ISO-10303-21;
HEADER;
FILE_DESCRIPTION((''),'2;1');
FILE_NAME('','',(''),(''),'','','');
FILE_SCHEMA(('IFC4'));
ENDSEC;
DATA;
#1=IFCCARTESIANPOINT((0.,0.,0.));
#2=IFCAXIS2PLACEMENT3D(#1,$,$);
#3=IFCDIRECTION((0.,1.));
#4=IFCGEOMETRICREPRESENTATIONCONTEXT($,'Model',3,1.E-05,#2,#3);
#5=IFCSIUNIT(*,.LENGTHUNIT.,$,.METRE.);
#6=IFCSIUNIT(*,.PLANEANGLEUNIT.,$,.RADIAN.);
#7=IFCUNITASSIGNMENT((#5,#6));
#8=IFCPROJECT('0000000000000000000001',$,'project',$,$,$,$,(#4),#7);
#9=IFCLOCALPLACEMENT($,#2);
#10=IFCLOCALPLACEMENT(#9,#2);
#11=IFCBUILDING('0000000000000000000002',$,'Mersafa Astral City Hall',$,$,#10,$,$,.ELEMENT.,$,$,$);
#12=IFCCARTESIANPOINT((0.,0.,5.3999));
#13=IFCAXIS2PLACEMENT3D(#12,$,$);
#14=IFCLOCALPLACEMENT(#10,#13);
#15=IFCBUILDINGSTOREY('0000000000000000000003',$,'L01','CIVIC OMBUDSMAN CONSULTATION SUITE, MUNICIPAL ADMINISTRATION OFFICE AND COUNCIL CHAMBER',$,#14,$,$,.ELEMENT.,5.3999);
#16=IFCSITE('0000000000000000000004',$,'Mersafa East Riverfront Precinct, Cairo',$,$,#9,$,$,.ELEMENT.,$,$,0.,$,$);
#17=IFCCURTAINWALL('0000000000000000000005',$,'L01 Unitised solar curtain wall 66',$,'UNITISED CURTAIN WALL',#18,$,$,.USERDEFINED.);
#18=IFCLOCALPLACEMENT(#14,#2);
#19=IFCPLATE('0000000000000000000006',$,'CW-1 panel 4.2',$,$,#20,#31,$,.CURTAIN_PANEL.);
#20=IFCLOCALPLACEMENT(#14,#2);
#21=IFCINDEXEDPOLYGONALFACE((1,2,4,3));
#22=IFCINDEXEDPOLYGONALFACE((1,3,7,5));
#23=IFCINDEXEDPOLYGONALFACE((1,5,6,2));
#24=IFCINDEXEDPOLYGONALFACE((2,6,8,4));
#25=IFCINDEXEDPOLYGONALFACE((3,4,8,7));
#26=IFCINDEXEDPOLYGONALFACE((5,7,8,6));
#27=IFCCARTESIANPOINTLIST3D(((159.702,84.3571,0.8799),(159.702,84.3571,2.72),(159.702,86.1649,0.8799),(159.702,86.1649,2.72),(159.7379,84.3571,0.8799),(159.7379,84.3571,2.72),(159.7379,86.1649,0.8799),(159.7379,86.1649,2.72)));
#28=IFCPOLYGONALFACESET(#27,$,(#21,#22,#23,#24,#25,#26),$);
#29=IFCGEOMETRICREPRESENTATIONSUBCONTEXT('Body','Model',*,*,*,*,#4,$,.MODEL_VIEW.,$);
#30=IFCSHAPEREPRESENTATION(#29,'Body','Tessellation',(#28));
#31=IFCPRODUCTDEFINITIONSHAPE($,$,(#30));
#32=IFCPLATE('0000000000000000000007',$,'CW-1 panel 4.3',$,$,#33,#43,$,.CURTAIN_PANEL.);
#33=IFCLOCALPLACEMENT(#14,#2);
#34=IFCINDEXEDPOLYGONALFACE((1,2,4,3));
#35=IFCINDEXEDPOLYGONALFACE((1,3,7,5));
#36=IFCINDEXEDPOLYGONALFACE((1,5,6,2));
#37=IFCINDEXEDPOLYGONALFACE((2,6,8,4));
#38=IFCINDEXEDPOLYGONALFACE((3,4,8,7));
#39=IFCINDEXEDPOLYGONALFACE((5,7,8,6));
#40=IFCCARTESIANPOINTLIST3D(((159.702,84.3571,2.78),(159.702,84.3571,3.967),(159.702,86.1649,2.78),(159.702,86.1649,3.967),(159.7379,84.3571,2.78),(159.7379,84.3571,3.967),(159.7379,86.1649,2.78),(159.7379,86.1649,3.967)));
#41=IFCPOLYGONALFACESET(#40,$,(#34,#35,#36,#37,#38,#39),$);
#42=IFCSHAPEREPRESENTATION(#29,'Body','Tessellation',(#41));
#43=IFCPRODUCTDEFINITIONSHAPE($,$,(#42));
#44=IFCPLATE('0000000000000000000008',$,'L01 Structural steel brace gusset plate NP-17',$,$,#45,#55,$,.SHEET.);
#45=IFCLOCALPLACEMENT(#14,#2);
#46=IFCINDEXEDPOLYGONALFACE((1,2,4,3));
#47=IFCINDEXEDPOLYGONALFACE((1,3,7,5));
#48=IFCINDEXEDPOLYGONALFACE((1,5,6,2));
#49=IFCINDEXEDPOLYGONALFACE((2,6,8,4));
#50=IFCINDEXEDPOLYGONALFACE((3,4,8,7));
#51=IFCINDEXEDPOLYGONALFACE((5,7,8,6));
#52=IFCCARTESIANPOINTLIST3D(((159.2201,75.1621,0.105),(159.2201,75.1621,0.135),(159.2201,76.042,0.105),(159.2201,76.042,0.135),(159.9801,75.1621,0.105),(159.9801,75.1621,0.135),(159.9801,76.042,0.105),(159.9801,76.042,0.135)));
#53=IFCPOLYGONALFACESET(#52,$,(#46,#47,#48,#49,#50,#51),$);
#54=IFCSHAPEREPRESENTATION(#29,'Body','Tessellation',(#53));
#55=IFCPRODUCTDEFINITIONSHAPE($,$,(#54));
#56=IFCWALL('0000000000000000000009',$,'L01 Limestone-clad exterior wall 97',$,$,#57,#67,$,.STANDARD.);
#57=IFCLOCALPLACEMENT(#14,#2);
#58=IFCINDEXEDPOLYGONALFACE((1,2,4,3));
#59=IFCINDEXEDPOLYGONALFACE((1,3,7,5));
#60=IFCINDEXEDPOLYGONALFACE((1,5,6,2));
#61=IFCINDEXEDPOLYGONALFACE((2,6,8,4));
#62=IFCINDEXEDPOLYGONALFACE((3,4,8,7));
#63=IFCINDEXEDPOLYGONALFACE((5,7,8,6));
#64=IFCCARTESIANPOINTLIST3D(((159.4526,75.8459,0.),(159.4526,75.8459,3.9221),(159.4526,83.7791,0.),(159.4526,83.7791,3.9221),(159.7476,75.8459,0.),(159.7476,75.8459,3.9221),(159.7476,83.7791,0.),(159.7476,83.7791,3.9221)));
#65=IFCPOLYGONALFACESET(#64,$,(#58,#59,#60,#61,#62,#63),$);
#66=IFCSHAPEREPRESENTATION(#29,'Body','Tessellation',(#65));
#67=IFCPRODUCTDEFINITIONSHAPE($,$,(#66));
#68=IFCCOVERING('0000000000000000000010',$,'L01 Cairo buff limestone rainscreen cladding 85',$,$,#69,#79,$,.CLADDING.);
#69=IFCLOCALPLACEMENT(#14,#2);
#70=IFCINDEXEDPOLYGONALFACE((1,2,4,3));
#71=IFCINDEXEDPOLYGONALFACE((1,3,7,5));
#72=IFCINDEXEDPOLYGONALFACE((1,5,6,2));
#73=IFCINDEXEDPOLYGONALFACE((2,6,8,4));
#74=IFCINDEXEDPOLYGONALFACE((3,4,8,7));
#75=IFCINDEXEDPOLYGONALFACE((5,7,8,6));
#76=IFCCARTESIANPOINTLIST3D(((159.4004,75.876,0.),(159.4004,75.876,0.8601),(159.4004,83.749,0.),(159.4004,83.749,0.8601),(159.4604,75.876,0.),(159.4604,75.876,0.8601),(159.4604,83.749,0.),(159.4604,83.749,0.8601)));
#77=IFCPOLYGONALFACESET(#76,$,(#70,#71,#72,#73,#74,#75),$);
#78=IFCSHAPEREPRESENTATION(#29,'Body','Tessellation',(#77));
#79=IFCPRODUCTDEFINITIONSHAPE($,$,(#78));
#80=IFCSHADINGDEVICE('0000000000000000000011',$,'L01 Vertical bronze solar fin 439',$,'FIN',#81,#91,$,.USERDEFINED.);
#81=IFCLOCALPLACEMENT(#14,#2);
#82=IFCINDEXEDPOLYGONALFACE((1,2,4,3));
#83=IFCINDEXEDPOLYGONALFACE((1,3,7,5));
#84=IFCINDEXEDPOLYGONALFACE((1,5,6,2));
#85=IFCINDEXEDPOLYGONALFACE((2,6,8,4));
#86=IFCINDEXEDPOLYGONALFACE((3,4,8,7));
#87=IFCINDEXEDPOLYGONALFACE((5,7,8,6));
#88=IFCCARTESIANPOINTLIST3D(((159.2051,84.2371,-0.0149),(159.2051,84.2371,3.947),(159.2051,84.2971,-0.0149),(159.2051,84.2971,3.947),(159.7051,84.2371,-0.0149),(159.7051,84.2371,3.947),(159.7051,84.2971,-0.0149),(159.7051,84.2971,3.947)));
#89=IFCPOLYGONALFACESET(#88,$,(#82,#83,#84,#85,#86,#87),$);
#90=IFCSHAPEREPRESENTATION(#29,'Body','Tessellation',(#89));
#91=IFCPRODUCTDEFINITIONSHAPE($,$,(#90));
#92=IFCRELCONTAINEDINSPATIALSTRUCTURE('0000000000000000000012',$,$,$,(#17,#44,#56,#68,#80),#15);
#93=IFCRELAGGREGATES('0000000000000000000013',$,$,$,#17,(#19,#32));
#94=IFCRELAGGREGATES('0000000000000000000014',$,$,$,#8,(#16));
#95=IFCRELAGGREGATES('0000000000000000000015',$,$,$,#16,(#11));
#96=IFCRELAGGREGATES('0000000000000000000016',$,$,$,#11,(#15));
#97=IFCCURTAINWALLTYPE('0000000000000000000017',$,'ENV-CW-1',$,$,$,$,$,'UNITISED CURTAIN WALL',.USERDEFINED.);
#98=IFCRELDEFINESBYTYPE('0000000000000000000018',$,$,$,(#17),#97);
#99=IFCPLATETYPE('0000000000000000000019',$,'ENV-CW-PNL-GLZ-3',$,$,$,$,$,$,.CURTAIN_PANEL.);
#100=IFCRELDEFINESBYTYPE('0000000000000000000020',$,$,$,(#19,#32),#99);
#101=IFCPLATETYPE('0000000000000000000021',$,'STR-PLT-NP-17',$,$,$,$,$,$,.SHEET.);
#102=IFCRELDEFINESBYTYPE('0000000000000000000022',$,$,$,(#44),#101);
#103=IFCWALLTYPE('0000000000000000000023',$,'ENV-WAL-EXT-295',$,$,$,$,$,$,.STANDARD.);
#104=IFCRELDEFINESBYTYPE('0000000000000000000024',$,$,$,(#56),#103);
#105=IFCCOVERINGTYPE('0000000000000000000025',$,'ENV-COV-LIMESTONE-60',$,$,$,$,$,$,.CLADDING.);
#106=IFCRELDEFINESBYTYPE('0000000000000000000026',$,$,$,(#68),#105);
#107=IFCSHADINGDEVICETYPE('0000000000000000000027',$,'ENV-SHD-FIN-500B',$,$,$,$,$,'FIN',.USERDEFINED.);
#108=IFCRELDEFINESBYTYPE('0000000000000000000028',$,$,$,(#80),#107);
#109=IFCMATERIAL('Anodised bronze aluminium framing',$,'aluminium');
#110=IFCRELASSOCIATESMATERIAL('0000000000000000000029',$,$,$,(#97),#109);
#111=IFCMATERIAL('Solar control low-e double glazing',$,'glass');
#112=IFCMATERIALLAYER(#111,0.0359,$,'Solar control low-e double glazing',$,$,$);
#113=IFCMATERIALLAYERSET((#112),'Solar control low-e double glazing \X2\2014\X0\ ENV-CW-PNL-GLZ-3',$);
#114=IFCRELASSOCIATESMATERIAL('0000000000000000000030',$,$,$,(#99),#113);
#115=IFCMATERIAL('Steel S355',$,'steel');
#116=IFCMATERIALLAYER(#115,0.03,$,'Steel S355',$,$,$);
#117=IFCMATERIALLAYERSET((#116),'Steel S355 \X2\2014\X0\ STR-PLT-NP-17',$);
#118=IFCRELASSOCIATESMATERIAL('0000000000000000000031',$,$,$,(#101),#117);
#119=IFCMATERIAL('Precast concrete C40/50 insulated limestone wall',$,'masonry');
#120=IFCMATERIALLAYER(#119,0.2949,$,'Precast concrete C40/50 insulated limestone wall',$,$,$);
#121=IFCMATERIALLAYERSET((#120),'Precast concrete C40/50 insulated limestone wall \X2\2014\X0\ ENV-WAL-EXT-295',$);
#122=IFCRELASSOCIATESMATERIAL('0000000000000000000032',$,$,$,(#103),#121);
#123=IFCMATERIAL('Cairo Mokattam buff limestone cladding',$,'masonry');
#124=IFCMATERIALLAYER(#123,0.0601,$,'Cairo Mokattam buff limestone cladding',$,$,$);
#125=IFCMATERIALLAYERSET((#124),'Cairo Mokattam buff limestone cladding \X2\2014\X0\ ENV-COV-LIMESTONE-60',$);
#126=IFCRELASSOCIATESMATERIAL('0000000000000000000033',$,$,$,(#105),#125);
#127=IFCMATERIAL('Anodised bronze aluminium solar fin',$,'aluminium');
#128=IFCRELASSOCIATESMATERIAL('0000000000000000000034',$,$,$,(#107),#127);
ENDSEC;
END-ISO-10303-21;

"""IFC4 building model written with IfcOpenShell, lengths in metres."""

from ifc_helpers import new_model, si_unit, direction, frame, frame_2d, origin, origin_2d, place, context, subcontext, project, spatial, rectangle, extrude, material, layer, layer_set, type_object, element, aggregate, save


model = new_model("IFC4")

# Units and contexts
model_context = context("Model", 3, precision=1e-05, world=origin(), true_north=direction((0.0, 1.0)))
body_context = subcontext(model_context, "Body", "Model", "MODEL_VIEW")
ifc_project = project(units=[si_unit("LENGTHUNIT", "METRE"), si_unit("PLANEANGLEUNIT", "RADIAN")], contexts=[model_context])

# Site, building, storey
site_placement = place(None, origin())
site = spatial("IfcSite", under=ifc_project, at=site_placement, Name="Mersafa East Riverfront Precinct, Cairo", CompositionType="ELEMENT", RefElevation=0.0)
building_placement = place(site_placement, origin())
building = spatial("IfcBuilding", under=site, at=building_placement, Name="Mersafa Astral City Hall", CompositionType="ELEMENT")
storey_placement = place(building_placement, frame((0.0, 0.0, 5.3999)))
storey = spatial("IfcBuildingStorey", under=building, at=storey_placement, Name="L01", Description="CIVIC OMBUDSMAN CONSULTATION SUITE, MUNICIPAL ADMINISTRATION OFFICE AND COUNCIL CHAMBER", CompositionType="ELEMENT", Elevation=5.3999)

# Shared definitions
ifc_material_1 = material(Name="Steel S355", Category="steel")

# Curtain wall
ifc_material_2 = material(Name="Anodised bronze aluminium framing", Category="aluminium")
curtain_wall_type = type_object("IfcCurtainWallType", Name="ENV-CW-1", ElementType="UNITISED CURTAIN WALL", PredefinedType="USERDEFINED", material=ifc_material_2)
curtain_wall_placement = place(storey_placement, origin())
curtain_wall = element("IfcCurtainWall", 1, at=curtain_wall_placement, inside=storey, type_object=curtain_wall_type, Name="L01 Unitised solar curtain wall 66", ObjectType="UNITISED CURTAIN WALL", PredefinedType="USERDEFINED")

# Plates
ifc_material_3 = material(Name="Solar control low-e double glazing", Category="glass")
ifc_layer_1 = layer(ifc_material_3, 0.0359, Name="Solar control low-e double glazing")
ifc_layer_set_1 = layer_set([ifc_layer_1], Name="Solar control low-e double glazing — ENV-CW-PNL-GLZ-3")
plate_type_1 = type_object("IfcPlateType", Name="ENV-CW-PNL-GLZ-3", PredefinedType="CURTAIN_PANEL", material=ifc_layer_set_1)
plate_1_placement = place(storey_placement, frame((159.72, 85.261, 0.8799), z_axis=(0.0, 0.0, 1.0), x_axis=(0.0, -1.0, 0.0)))
plate_1 = element("IfcPlate", 2, at=plate_1_placement, type_object=plate_type_1, Name="CW-1 panel 4.2", PredefinedType="CURTAIN_PANEL", context=body_context, shape_type="SweptSolid", body=[
    extrude(rectangle(XDim=1.8079, YDim=0.0359, at=origin_2d()), origin(), (0.0, 0.0, 1.0), 1.8401),
])
plate_2_placement = place(storey_placement, frame((159.72, 85.261, 2.78), z_axis=(0.0, 0.0, 1.0), x_axis=(0.0, -1.0, 0.0)))
plate_2 = element("IfcPlate", 3, at=plate_2_placement, type_object=plate_type_1, Name="CW-1 panel 4.3", PredefinedType="CURTAIN_PANEL", context=body_context, shape_type="SweptSolid", body=[
    extrude(rectangle(XDim=1.8079, YDim=0.0359, at=origin_2d()), origin(), (0.0, 0.0, 1.0), 1.187),
])
aggregate(curtain_wall, [plate_1, plate_2])
ifc_layer_2 = layer(ifc_material_1, 0.03, Name="Steel S355")
ifc_layer_set_2 = layer_set([ifc_layer_2], Name="Steel S355 — STR-PLT-NP-17")
plate_type_2 = type_object("IfcPlateType", Name="STR-PLT-NP-17", PredefinedType="SHEET", material=ifc_layer_set_2)
plate_3_placement = place(storey_placement, frame((159.6001, 75.6021, 0.105), z_axis=(0.0, 0.0, 1.0), x_axis=(1.0, 0.0, 0.0)))
element("IfcPlate", 4, at=plate_3_placement, inside=storey, type_object=plate_type_2, Name="L01 Structural steel brace gusset plate NP-17", PredefinedType="SHEET", context=body_context, shape_type="SweptSolid", body=[
    extrude(rectangle(XDim=0.76, YDim=0.8799, at=origin_2d()), origin(), (0.0, 0.0, 1.0), 0.03),
])

# Wall
ifc_material_4 = material(Name="Precast concrete C40/50 insulated limestone wall", Category="masonry")
ifc_layer_3 = layer(ifc_material_4, 0.2949, Name="Precast concrete C40/50 insulated limestone wall")
ifc_layer_set_3 = layer_set([ifc_layer_3], Name="Precast concrete C40/50 insulated limestone wall — ENV-WAL-EXT-295")
wall_type = type_object("IfcWallType", Name="ENV-WAL-EXT-295", PredefinedType="STANDARD", material=ifc_layer_set_3)
wall_placement = place(storey_placement, frame((159.6001, 83.7791, 0.0), z_axis=(0.0, 0.0, 1.0), x_axis=(0.0, -1.0, 0.0)))
element("IfcWall", 5, at=wall_placement, inside=storey, type_object=wall_type, Name="L01 Limestone-clad exterior wall 97", PredefinedType="STANDARD", context=body_context, shape_type="SweptSolid", body=[
    extrude(rectangle(XDim=7.9331, YDim=0.2949, at=frame_2d((3.9666, 0.0))), origin(), (0.0, 0.0, 1.0), 3.9221),
])

# Covering
ifc_material_5 = material(Name="Cairo Mokattam buff limestone cladding", Category="masonry")
ifc_layer_4 = layer(ifc_material_5, 0.0601, Name="Cairo Mokattam buff limestone cladding")
ifc_layer_set_4 = layer_set([ifc_layer_4], Name="Cairo Mokattam buff limestone cladding — ENV-COV-LIMESTONE-60")
covering_type = type_object("IfcCoveringType", Name="ENV-COV-LIMESTONE-60", PredefinedType="CLADDING", material=ifc_layer_set_4)
covering_placement = place(storey_placement, frame((159.4304, 79.8125, 0.0), z_axis=(0.0, 0.0, 1.0), x_axis=(0.0, -1.0, 0.0)))
element("IfcCovering", 6, at=covering_placement, inside=storey, type_object=covering_type, Name="L01 Cairo buff limestone rainscreen cladding 85", PredefinedType="CLADDING", context=body_context, shape_type="SweptSolid", body=[
    extrude(rectangle(XDim=7.873, YDim=0.0601, at=origin_2d()), origin(), (0.0, 0.0, 1.0), 0.8601),
])

# Shading device
ifc_material_6 = material(Name="Anodised bronze aluminium solar fin", Category="aluminium")
shading_device_type = type_object("IfcShadingDeviceType", Name="ENV-SHD-FIN-500B", ElementType="FIN", PredefinedType="USERDEFINED", material=ifc_material_6)
shading_device_placement = place(storey_placement, frame((159.4551, 84.2671, -0.0149), z_axis=(0.0, 0.0, 1.0), x_axis=(0.0, -1.0, 0.0)))
element("IfcShadingDevice", 7, at=shading_device_placement, inside=storey, type_object=shading_device_type, Name="L01 Vertical bronze solar fin 439", ObjectType="FIN", PredefinedType="USERDEFINED", context=body_context, shape_type="SweptSolid", body=[
    extrude(rectangle(XDim=0.0601, YDim=0.5, at=origin_2d()), origin(), (0.0, 0.0, 1.0), 3.9619),
])

save(model, "model.ifc")
